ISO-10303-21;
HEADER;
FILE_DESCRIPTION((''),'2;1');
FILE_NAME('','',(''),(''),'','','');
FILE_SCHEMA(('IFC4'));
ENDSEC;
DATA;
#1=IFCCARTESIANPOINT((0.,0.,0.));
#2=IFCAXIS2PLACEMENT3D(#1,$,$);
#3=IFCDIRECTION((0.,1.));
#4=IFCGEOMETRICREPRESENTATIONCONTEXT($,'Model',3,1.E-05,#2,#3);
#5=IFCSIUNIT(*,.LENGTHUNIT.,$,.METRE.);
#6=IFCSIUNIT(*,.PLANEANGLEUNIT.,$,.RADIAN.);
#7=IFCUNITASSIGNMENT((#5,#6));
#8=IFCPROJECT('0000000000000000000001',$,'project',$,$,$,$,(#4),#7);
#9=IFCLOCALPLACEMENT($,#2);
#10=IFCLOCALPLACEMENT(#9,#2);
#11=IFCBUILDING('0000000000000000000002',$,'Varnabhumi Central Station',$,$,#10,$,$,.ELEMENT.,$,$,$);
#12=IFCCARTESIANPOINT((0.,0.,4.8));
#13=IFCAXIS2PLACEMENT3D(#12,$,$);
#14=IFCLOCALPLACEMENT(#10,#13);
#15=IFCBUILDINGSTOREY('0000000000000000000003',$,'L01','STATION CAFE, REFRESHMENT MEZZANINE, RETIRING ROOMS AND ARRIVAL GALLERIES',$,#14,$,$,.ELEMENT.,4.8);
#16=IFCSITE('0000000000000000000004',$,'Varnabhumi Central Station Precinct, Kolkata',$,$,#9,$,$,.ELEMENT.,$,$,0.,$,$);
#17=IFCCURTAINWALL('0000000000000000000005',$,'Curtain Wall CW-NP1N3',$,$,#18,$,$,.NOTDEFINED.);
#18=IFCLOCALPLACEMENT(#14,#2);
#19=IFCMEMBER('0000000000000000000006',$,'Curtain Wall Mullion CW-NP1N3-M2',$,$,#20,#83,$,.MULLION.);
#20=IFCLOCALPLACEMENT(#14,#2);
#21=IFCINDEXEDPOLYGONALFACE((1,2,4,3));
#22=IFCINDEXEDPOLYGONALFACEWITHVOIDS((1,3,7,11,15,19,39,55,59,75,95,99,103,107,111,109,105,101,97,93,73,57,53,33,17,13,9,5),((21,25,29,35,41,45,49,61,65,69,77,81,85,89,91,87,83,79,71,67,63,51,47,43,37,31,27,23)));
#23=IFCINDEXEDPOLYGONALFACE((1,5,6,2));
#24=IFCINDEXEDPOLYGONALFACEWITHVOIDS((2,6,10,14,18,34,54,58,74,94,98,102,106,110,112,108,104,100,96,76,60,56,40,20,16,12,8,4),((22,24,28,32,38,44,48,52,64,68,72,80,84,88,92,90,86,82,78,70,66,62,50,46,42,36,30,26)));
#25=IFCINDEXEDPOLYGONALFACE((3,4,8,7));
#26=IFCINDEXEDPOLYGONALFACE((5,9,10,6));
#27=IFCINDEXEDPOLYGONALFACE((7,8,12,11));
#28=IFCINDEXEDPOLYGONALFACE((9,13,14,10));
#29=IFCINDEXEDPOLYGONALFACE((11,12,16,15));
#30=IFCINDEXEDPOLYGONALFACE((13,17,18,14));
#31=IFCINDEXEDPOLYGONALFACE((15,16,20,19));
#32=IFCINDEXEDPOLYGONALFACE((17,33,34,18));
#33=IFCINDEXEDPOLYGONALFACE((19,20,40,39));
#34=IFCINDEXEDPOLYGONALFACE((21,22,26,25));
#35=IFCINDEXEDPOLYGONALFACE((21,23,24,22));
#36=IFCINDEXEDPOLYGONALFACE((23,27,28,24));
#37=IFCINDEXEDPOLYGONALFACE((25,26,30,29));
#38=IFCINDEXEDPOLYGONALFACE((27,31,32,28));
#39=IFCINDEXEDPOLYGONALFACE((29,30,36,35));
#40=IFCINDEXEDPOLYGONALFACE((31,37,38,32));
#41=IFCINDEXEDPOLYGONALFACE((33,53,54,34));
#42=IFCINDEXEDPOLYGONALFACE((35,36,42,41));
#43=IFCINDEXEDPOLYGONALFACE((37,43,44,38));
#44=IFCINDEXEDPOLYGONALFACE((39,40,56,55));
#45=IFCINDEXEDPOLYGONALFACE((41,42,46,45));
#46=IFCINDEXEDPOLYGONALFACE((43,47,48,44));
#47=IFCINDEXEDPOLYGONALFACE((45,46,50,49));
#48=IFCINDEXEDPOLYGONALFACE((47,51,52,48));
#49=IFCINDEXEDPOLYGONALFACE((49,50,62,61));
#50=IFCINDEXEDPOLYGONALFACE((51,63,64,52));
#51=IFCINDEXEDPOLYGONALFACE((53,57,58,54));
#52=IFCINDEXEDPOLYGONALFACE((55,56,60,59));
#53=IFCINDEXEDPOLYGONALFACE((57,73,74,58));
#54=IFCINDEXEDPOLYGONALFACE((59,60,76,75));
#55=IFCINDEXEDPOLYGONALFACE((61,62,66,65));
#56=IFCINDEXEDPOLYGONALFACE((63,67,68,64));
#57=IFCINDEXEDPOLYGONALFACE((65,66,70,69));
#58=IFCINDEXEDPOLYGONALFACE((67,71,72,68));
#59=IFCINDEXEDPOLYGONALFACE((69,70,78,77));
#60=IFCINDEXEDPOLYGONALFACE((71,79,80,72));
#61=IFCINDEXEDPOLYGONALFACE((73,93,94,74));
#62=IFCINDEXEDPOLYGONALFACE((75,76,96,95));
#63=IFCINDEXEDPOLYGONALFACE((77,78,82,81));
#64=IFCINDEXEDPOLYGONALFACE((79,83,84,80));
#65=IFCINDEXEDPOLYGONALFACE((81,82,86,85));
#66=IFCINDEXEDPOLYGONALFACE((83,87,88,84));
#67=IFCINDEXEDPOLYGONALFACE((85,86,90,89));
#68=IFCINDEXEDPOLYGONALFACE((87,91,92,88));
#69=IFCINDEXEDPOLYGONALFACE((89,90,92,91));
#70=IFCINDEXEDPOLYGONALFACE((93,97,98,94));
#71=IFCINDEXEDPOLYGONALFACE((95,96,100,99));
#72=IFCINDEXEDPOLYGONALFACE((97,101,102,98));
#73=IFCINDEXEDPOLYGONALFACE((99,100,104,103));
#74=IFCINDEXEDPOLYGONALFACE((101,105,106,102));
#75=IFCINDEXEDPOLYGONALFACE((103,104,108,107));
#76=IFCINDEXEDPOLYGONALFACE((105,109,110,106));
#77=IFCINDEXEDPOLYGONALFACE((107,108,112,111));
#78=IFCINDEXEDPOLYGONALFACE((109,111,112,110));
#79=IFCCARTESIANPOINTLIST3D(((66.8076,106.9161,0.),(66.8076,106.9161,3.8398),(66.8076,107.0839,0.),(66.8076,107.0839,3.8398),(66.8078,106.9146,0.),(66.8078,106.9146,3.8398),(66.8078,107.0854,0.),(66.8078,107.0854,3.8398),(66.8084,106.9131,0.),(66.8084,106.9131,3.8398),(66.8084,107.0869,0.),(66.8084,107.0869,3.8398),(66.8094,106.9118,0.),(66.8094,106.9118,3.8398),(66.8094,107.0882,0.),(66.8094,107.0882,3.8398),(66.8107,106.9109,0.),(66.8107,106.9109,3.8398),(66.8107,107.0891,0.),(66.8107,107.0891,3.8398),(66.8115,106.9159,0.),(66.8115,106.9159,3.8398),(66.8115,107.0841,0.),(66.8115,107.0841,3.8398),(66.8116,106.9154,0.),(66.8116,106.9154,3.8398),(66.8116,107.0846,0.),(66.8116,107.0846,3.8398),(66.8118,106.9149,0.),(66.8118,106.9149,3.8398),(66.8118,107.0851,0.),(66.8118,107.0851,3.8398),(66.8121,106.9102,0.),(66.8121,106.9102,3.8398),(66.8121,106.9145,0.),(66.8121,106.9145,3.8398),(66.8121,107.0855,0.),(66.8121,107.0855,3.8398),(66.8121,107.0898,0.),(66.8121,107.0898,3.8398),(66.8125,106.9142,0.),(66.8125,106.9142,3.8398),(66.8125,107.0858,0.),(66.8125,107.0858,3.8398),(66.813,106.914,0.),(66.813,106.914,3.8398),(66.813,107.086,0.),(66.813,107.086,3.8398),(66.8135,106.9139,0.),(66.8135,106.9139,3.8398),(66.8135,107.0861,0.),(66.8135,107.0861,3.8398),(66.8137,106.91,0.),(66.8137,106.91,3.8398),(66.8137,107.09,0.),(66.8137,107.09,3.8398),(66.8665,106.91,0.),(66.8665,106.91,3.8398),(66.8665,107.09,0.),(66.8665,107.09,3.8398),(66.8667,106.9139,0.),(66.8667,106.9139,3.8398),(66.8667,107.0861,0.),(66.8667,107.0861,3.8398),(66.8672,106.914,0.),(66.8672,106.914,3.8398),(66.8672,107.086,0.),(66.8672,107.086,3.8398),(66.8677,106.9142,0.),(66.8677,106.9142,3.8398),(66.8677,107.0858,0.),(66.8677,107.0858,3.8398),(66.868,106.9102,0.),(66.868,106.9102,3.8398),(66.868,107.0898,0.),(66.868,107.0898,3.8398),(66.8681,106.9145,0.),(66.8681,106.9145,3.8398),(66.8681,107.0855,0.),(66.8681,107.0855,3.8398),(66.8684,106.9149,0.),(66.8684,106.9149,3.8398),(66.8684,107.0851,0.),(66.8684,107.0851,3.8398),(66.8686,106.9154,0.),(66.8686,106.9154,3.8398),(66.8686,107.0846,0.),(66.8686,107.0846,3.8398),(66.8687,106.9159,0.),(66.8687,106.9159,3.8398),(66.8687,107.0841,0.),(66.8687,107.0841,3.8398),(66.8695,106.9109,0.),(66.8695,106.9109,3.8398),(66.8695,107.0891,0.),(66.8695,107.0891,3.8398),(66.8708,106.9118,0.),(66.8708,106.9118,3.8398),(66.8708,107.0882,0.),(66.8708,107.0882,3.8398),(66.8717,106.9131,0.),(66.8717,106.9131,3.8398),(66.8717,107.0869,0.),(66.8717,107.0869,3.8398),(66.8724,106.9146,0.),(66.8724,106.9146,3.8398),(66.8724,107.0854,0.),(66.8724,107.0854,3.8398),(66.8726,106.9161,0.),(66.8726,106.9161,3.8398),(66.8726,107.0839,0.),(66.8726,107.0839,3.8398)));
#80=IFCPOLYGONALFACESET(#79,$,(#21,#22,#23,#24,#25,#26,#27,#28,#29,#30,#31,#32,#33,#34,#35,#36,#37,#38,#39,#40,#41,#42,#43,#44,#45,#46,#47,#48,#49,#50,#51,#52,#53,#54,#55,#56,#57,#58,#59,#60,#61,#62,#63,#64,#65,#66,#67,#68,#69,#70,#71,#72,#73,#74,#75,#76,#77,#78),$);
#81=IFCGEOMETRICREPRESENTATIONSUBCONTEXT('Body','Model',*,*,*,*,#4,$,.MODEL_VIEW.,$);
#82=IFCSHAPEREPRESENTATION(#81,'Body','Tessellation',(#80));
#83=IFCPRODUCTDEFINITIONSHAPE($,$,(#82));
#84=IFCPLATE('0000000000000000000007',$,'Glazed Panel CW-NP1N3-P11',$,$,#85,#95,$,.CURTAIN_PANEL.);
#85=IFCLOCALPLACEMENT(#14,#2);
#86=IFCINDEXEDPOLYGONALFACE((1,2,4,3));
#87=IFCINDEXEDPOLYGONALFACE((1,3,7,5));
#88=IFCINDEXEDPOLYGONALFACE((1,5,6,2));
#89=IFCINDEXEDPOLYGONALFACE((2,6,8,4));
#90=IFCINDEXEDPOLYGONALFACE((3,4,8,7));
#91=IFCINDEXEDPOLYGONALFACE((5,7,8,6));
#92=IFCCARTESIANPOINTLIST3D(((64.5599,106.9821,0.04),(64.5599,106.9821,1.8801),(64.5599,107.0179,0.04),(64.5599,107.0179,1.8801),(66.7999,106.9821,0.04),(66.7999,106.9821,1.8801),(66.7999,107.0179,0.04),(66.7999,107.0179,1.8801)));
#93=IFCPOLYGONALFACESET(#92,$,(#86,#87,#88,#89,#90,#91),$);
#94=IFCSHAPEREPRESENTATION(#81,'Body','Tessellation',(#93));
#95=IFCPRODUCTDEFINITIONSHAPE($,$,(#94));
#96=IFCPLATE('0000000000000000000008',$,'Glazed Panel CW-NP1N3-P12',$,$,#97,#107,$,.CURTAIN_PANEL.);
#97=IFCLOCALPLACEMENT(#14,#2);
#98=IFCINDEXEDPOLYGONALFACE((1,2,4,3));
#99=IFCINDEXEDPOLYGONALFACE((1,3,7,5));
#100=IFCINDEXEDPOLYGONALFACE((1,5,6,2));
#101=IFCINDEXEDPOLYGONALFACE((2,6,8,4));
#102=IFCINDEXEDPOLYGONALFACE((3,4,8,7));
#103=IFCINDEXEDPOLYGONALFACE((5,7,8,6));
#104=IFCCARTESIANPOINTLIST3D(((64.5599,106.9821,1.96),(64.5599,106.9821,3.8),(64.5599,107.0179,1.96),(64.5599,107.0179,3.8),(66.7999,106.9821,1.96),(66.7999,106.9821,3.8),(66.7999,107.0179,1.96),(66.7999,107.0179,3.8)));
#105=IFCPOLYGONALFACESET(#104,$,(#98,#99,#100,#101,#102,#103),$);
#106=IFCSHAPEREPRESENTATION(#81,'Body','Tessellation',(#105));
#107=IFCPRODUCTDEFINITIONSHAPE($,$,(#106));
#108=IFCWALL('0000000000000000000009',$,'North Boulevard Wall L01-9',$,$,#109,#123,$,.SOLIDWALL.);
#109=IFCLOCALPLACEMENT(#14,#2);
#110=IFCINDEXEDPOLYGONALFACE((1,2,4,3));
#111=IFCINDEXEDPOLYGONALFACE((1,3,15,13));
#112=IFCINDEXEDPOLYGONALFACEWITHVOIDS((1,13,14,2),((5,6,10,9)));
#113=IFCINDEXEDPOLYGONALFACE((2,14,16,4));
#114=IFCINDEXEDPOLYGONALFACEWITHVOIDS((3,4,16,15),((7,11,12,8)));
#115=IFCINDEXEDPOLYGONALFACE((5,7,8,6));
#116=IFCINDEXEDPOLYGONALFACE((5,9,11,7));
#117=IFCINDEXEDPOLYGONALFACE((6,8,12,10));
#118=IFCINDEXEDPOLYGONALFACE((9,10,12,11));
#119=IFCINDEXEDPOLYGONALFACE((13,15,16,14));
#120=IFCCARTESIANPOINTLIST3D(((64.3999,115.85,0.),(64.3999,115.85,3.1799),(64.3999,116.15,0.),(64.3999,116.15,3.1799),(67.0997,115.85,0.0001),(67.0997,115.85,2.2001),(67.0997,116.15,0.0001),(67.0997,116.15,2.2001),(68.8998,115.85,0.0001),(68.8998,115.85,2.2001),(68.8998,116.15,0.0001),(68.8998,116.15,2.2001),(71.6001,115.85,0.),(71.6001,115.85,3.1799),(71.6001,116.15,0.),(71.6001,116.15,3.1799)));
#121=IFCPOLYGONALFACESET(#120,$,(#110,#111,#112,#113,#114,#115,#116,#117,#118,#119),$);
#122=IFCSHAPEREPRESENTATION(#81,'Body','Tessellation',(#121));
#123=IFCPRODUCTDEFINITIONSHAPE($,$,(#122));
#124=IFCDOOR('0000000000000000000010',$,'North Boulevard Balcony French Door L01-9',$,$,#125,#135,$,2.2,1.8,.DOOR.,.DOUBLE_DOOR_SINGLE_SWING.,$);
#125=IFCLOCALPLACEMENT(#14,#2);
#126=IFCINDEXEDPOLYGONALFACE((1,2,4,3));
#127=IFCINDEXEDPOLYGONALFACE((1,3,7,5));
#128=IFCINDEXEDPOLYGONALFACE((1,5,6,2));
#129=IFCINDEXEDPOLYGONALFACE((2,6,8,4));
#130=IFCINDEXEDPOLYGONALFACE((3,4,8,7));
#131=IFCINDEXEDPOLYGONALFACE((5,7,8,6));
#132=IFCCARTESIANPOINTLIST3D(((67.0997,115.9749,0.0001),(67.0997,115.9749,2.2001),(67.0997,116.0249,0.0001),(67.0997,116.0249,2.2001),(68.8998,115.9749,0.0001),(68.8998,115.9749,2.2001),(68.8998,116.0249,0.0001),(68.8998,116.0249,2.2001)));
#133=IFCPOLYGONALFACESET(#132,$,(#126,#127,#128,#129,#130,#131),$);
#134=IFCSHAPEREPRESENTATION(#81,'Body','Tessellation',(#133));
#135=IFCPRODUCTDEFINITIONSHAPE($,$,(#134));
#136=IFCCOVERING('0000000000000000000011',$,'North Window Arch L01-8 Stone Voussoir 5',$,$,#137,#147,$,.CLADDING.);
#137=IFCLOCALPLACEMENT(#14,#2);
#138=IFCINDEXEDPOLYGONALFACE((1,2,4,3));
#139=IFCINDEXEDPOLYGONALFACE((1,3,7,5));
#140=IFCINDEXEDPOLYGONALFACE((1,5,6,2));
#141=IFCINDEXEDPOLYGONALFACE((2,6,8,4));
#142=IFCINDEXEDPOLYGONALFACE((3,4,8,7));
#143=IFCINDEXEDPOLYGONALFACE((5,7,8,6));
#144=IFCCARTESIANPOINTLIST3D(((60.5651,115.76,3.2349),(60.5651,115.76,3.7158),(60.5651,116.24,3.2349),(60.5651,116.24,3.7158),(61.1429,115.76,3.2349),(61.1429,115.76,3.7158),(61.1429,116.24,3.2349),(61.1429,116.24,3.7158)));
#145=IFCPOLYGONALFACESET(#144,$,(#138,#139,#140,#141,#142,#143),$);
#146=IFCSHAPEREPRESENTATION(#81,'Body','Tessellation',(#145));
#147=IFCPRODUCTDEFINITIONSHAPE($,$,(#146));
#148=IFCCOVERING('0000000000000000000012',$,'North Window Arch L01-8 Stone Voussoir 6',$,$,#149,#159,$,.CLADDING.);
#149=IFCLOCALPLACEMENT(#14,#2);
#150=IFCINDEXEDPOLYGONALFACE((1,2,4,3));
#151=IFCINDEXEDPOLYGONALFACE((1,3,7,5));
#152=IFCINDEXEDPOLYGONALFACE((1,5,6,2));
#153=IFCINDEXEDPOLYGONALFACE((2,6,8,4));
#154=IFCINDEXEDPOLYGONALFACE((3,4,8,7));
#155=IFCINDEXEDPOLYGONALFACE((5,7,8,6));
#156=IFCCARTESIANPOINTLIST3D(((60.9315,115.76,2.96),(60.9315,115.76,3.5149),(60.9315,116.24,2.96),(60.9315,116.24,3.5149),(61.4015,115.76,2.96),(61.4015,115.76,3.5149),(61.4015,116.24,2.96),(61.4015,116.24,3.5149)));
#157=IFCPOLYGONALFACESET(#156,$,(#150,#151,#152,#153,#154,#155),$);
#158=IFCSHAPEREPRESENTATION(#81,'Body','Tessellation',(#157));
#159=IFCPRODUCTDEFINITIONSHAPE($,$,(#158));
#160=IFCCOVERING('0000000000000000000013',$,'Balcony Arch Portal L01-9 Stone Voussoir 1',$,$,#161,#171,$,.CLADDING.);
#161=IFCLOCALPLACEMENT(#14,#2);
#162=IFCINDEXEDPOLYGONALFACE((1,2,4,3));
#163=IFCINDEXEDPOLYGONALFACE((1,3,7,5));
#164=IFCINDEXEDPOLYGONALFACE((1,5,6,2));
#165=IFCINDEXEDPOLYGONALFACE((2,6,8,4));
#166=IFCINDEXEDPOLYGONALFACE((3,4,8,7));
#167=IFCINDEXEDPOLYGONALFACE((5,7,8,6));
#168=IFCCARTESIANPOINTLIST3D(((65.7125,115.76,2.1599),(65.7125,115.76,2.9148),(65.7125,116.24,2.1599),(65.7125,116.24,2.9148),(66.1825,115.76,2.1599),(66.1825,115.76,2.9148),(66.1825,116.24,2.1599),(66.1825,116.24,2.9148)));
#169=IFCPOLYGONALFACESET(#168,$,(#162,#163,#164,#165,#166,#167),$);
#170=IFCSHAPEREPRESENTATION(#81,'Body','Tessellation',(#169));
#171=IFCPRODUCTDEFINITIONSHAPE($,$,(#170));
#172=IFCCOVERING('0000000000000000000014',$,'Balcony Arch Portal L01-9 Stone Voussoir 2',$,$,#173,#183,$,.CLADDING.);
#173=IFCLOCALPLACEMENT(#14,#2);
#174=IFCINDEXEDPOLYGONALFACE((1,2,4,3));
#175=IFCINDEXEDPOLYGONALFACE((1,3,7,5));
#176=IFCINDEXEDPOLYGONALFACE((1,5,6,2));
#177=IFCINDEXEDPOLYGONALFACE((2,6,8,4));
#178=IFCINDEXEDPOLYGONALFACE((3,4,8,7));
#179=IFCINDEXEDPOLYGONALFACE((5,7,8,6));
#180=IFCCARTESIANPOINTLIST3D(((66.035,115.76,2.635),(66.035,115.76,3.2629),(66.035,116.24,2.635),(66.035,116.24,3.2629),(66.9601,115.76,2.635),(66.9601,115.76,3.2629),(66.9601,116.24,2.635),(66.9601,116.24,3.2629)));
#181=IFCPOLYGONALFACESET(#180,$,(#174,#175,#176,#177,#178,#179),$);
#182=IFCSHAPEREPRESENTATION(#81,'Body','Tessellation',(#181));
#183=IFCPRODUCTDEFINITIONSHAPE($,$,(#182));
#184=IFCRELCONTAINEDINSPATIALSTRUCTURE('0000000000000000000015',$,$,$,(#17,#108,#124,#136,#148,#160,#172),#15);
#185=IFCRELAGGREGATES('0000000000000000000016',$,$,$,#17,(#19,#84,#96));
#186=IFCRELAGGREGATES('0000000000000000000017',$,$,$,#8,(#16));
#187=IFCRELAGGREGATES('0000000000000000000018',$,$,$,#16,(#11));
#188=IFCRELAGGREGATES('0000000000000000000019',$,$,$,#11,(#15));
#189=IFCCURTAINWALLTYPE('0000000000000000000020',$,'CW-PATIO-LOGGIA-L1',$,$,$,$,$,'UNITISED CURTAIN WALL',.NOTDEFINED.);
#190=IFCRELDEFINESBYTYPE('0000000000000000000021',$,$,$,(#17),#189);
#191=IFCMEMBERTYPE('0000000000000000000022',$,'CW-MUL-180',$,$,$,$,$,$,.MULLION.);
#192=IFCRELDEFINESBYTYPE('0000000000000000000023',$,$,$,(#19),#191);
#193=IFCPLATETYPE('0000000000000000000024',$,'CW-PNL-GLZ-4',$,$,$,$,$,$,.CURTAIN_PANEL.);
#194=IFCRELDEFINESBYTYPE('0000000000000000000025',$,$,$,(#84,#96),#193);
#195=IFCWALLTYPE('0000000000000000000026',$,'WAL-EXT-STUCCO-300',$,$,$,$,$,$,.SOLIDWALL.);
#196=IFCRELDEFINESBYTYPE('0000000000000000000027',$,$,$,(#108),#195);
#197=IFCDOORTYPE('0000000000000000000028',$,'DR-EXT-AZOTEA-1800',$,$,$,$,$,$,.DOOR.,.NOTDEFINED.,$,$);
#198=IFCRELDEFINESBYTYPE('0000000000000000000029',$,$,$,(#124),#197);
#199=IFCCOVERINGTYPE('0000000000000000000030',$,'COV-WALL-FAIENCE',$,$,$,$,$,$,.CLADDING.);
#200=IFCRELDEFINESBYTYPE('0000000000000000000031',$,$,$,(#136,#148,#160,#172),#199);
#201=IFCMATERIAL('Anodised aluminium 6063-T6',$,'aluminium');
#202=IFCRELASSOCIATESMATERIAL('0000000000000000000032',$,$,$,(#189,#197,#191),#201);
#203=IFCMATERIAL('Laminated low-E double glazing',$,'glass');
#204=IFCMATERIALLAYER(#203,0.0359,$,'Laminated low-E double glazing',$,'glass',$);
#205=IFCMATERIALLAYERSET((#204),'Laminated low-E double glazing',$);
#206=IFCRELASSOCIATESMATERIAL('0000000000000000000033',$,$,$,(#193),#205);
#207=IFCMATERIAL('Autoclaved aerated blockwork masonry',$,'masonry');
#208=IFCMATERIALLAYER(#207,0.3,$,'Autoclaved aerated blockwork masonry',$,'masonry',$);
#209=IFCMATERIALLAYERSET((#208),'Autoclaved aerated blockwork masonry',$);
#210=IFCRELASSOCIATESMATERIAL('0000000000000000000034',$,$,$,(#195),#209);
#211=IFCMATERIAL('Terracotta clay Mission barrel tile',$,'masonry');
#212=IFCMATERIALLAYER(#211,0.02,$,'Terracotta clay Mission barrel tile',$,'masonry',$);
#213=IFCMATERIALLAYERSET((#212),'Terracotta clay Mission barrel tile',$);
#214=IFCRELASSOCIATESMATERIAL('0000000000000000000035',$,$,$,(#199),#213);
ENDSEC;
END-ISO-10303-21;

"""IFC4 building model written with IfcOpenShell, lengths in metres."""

from ifc_helpers import new_model, si_unit, direction, frame, frame_2d, origin, origin_2d, place, context, subcontext, project, spatial, rectangle, hollow_rectangle, extrude, material, layer, layer_set, material_profile, profile_set, type_object, element, fill, aggregate, save


model = new_model("IFC4")

# Units and contexts
model_context = context("Model", 3, precision=1e-05, world=origin(), true_north=direction((0.0, 1.0)))
body_context = subcontext(model_context, "Body", "Model", "MODEL_VIEW")
ifc_project = project(units=[si_unit("LENGTHUNIT", "METRE"), si_unit("PLANEANGLEUNIT", "RADIAN")], contexts=[model_context])

# Site, building, storey
site_placement = place(None, origin())
site = spatial("IfcSite", under=ifc_project, at=site_placement, Name="Varnabhumi Central Station Precinct, Kolkata", CompositionType="ELEMENT", RefElevation=0.0)
building_placement = place(site_placement, origin())
building = spatial("IfcBuilding", under=site, at=building_placement, Name="Varnabhumi Central Station", CompositionType="ELEMENT")
storey_placement = place(building_placement, frame((0.0, 0.0, 4.8)))
storey = spatial("IfcBuildingStorey", under=building, at=storey_placement, Name="L01", Description="STATION CAFE, REFRESHMENT MEZZANINE, RETIRING ROOMS AND ARRIVAL GALLERIES", CompositionType="ELEMENT", Elevation=4.8)

# Curtain wall, member, plates
ifc_material_1 = material(Name="Anodised aluminium 6063-T6", Category="aluminium")
curtain_wall_type = type_object("IfcCurtainWallType", Name="CW-PATIO-LOGGIA-L1", ElementType="UNITISED CURTAIN WALL", PredefinedType="NOTDEFINED", material=ifc_material_1)
curtain_wall_placement = place(storey_placement, origin())
curtain_wall = element("IfcCurtainWall", 1, at=curtain_wall_placement, inside=storey, type_object=curtain_wall_type, Name="Curtain Wall CW-NP1N3", PredefinedType="NOTDEFINED")
ifc_material_profile_1 = material_profile(ifc_material_1, hollow_rectangle(XDim=0.0649, YDim=0.1799, WallThickness=0.0039, InnerFilletRadius=0.002, OuterFilletRadius=0.0061, at=origin_2d()), Name="Anodised aluminium 6063-T6", Category="aluminium")
ifc_profile_set_1 = profile_set([ifc_material_profile_1], Name="Anodised aluminium 6063-T6")
member_type = type_object("IfcMemberType", Name="CW-MUL-180", PredefinedType="MULLION", material=ifc_profile_set_1)
member_placement = place(storey_placement, frame((66.8401, 107.0, 0.0), z_axis=(0.0, 0.0, 1.0), x_axis=(1.0, 0.0, 0.0)))
member = element("IfcMember", 2, at=member_placement, type_object=member_type, Name="Curtain Wall Mullion CW-NP1N3-M2", PredefinedType="MULLION", context=body_context, shape_type="SweptSolid", body=[
    extrude(hollow_rectangle(XDim=0.0649, YDim=0.1799, WallThickness=0.0039, InnerFilletRadius=0.002, OuterFilletRadius=0.0061, at=origin_2d()), origin(), (0.0, 0.0, 1.0), 3.8398),
])
ifc_material_2 = material(Name="Laminated low-E double glazing", Category="glass")
ifc_layer_1 = layer(ifc_material_2, 0.0359, Name="Laminated low-E double glazing", Category="glass")
ifc_layer_set_1 = layer_set([ifc_layer_1], Name="Laminated low-E double glazing")
plate_type = type_object("IfcPlateType", Name="CW-PNL-GLZ-4", PredefinedType="CURTAIN_PANEL", material=ifc_layer_set_1)
plate_1_placement = place(storey_placement, frame((65.6799, 107.0, 0.04), z_axis=(0.0, 0.0, 1.0), x_axis=(1.0, 0.0, 0.0)))
plate_1 = element("IfcPlate", 3, at=plate_1_placement, type_object=plate_type, Name="Glazed Panel CW-NP1N3-P11", PredefinedType="CURTAIN_PANEL", context=body_context, shape_type="SweptSolid", body=[
    extrude(rectangle(XDim=2.24, YDim=0.0359, at=origin_2d()), origin(), (0.0, 0.0, 1.0), 1.8401),
])
plate_2_placement = place(storey_placement, frame((65.6799, 107.0, 1.96), z_axis=(0.0, 0.0, 1.0), x_axis=(1.0, 0.0, 0.0)))
plate_2 = element("IfcPlate", 4, at=plate_2_placement, type_object=plate_type, Name="Glazed Panel CW-NP1N3-P12", PredefinedType="CURTAIN_PANEL", context=body_context, shape_type="SweptSolid", body=[
    extrude(rectangle(XDim=2.24, YDim=0.0359, at=origin_2d()), origin(), (0.0, 0.0, 1.0), 1.8401),
])
aggregate(curtain_wall, [member, plate_1, plate_2])

# Wall, opening, door
ifc_material_3 = material(Name="Autoclaved aerated blockwork masonry", Category="masonry")
ifc_layer_2 = layer(ifc_material_3, 0.3, Name="Autoclaved aerated blockwork masonry", Category="masonry")
ifc_layer_set_2 = layer_set([ifc_layer_2], Name="Autoclaved aerated blockwork masonry")
wall_type = type_object("IfcWallType", Name="WAL-EXT-STUCCO-300", PredefinedType="SOLIDWALL", material=ifc_layer_set_2)
wall_placement = place(storey_placement, frame((64.3999, 116.0, 0.0), z_axis=(0.0, 0.0, 1.0), x_axis=(1.0, 0.0, 0.0)))
wall = element("IfcWall", 5, at=wall_placement, inside=storey, type_object=wall_type, Name="North Boulevard Wall L01-9", PredefinedType="SOLIDWALL", context=body_context, shape_type="SweptSolid", body=[
    extrude(rectangle(XDim=7.2002, YDim=0.3, at=frame_2d((3.6001, 0.0))), origin(), (0.0, 0.0, 1.0), 3.1799),
])
opening_placement = place(wall_placement, frame((2.7, 0.0, 0.0)))
opening = element("IfcOpeningElement", 6, at=opening_placement, cuts=wall, PredefinedType="OPENING", context=body_context, shape_type="SweptSolid", body=[
    extrude(rectangle(XDim=1.8, YDim=2.2, at=frame_2d((0.8999, 1.1001))), frame((0.0, 0.1599, 0.0), z_axis=(0.0, -1.0, 0.0), x_axis=(1.0, 0.0, 0.0)), (0.0, 0.0, 1.0), 0.3201),
])
door_type = type_object("IfcDoorType", Name="DR-EXT-AZOTEA-1800", OperationType="NOTDEFINED", PredefinedType="DOOR", material=ifc_material_1)
door_placement = place(opening_placement, origin())
door = element("IfcDoor", 7, at=door_placement, inside=storey, type_object=door_type, Name="North Boulevard Balcony French Door L01-9", OperationType="DOUBLE_DOOR_SINGLE_SWING", OverallHeight=2.2, OverallWidth=1.8, PredefinedType="DOOR", context=body_context, shape_type="SweptSolid", body=[
    extrude(rectangle(XDim=1.8, YDim=2.2, at=frame_2d((0.8999, 1.1001))), frame((0.0, 0.0249, 0.0), z_axis=(0.0, -1.0, 0.0), x_axis=(1.0, 0.0, 0.0)), (0.0, 0.0, 1.0), 0.05),
])
fill(opening, door)

# Coverings
ifc_material_4 = material(Name="Terracotta clay Mission barrel tile", Category="masonry")
ifc_layer_3 = layer(ifc_material_4, 0.02, Name="Terracotta clay Mission barrel tile", Category="masonry")
ifc_layer_set_3 = layer_set([ifc_layer_3], Name="Terracotta clay Mission barrel tile")
covering_type = type_object("IfcCoveringType", Name="COV-WALL-FAIENCE", PredefinedType="CLADDING", material=ifc_layer_set_3)
covering_1_placement = place(storey_placement, frame((60.854, 116.0, 3.2349), z_axis=(0.0, 0.0, 1.0), x_axis=(1.0, 0.0, 0.0)))
element("IfcCovering", 8, at=covering_1_placement, inside=storey, type_object=covering_type, Name="North Window Arch L01-8 Stone Voussoir 5", PredefinedType="CLADDING", context=body_context, shape_type="SweptSolid", body=[
    extrude(rectangle(XDim=0.5779, YDim=0.48, at=origin_2d()), origin(), (0.0, 0.0, 1.0), 0.481),
])
covering_2_placement = place(storey_placement, frame((61.1665, 116.0, 2.96), z_axis=(0.0, 0.0, 1.0), x_axis=(1.0, 0.0, 0.0)))
element("IfcCovering", 9, at=covering_2_placement, inside=storey, type_object=covering_type, Name="North Window Arch L01-8 Stone Voussoir 6", PredefinedType="CLADDING", context=body_context, shape_type="SweptSolid", body=[
    extrude(rectangle(XDim=0.47, YDim=0.48, at=origin_2d()), origin(), (0.0, 0.0, 1.0), 0.5549),
])
covering_3_placement = place(storey_placement, frame((65.9475, 116.0, 2.1599), z_axis=(0.0, 0.0, 1.0), x_axis=(1.0, 0.0, 0.0)))
element("IfcCovering", 10, at=covering_3_placement, inside=storey, type_object=covering_type, Name="Balcony Arch Portal L01-9 Stone Voussoir 1", PredefinedType="CLADDING", context=body_context, shape_type="SweptSolid", body=[
    extrude(rectangle(XDim=0.47, YDim=0.48, at=origin_2d()), origin(), (0.0, 0.0, 1.0), 0.7549),
])
covering_4_placement = place(storey_placement, frame((66.4976, 116.0, 2.635), z_axis=(0.0, 0.0, 1.0), x_axis=(1.0, 0.0, 0.0)))
element("IfcCovering", 11, at=covering_4_placement, inside=storey, type_object=covering_type, Name="Balcony Arch Portal L01-9 Stone Voussoir 2", PredefinedType="CLADDING", context=body_context, shape_type="SweptSolid", body=[
    extrude(rectangle(XDim=0.925, YDim=0.48, at=origin_2d()), origin(), (0.0, 0.0, 1.0), 0.6279),
])

save(model, "model.ifc")
